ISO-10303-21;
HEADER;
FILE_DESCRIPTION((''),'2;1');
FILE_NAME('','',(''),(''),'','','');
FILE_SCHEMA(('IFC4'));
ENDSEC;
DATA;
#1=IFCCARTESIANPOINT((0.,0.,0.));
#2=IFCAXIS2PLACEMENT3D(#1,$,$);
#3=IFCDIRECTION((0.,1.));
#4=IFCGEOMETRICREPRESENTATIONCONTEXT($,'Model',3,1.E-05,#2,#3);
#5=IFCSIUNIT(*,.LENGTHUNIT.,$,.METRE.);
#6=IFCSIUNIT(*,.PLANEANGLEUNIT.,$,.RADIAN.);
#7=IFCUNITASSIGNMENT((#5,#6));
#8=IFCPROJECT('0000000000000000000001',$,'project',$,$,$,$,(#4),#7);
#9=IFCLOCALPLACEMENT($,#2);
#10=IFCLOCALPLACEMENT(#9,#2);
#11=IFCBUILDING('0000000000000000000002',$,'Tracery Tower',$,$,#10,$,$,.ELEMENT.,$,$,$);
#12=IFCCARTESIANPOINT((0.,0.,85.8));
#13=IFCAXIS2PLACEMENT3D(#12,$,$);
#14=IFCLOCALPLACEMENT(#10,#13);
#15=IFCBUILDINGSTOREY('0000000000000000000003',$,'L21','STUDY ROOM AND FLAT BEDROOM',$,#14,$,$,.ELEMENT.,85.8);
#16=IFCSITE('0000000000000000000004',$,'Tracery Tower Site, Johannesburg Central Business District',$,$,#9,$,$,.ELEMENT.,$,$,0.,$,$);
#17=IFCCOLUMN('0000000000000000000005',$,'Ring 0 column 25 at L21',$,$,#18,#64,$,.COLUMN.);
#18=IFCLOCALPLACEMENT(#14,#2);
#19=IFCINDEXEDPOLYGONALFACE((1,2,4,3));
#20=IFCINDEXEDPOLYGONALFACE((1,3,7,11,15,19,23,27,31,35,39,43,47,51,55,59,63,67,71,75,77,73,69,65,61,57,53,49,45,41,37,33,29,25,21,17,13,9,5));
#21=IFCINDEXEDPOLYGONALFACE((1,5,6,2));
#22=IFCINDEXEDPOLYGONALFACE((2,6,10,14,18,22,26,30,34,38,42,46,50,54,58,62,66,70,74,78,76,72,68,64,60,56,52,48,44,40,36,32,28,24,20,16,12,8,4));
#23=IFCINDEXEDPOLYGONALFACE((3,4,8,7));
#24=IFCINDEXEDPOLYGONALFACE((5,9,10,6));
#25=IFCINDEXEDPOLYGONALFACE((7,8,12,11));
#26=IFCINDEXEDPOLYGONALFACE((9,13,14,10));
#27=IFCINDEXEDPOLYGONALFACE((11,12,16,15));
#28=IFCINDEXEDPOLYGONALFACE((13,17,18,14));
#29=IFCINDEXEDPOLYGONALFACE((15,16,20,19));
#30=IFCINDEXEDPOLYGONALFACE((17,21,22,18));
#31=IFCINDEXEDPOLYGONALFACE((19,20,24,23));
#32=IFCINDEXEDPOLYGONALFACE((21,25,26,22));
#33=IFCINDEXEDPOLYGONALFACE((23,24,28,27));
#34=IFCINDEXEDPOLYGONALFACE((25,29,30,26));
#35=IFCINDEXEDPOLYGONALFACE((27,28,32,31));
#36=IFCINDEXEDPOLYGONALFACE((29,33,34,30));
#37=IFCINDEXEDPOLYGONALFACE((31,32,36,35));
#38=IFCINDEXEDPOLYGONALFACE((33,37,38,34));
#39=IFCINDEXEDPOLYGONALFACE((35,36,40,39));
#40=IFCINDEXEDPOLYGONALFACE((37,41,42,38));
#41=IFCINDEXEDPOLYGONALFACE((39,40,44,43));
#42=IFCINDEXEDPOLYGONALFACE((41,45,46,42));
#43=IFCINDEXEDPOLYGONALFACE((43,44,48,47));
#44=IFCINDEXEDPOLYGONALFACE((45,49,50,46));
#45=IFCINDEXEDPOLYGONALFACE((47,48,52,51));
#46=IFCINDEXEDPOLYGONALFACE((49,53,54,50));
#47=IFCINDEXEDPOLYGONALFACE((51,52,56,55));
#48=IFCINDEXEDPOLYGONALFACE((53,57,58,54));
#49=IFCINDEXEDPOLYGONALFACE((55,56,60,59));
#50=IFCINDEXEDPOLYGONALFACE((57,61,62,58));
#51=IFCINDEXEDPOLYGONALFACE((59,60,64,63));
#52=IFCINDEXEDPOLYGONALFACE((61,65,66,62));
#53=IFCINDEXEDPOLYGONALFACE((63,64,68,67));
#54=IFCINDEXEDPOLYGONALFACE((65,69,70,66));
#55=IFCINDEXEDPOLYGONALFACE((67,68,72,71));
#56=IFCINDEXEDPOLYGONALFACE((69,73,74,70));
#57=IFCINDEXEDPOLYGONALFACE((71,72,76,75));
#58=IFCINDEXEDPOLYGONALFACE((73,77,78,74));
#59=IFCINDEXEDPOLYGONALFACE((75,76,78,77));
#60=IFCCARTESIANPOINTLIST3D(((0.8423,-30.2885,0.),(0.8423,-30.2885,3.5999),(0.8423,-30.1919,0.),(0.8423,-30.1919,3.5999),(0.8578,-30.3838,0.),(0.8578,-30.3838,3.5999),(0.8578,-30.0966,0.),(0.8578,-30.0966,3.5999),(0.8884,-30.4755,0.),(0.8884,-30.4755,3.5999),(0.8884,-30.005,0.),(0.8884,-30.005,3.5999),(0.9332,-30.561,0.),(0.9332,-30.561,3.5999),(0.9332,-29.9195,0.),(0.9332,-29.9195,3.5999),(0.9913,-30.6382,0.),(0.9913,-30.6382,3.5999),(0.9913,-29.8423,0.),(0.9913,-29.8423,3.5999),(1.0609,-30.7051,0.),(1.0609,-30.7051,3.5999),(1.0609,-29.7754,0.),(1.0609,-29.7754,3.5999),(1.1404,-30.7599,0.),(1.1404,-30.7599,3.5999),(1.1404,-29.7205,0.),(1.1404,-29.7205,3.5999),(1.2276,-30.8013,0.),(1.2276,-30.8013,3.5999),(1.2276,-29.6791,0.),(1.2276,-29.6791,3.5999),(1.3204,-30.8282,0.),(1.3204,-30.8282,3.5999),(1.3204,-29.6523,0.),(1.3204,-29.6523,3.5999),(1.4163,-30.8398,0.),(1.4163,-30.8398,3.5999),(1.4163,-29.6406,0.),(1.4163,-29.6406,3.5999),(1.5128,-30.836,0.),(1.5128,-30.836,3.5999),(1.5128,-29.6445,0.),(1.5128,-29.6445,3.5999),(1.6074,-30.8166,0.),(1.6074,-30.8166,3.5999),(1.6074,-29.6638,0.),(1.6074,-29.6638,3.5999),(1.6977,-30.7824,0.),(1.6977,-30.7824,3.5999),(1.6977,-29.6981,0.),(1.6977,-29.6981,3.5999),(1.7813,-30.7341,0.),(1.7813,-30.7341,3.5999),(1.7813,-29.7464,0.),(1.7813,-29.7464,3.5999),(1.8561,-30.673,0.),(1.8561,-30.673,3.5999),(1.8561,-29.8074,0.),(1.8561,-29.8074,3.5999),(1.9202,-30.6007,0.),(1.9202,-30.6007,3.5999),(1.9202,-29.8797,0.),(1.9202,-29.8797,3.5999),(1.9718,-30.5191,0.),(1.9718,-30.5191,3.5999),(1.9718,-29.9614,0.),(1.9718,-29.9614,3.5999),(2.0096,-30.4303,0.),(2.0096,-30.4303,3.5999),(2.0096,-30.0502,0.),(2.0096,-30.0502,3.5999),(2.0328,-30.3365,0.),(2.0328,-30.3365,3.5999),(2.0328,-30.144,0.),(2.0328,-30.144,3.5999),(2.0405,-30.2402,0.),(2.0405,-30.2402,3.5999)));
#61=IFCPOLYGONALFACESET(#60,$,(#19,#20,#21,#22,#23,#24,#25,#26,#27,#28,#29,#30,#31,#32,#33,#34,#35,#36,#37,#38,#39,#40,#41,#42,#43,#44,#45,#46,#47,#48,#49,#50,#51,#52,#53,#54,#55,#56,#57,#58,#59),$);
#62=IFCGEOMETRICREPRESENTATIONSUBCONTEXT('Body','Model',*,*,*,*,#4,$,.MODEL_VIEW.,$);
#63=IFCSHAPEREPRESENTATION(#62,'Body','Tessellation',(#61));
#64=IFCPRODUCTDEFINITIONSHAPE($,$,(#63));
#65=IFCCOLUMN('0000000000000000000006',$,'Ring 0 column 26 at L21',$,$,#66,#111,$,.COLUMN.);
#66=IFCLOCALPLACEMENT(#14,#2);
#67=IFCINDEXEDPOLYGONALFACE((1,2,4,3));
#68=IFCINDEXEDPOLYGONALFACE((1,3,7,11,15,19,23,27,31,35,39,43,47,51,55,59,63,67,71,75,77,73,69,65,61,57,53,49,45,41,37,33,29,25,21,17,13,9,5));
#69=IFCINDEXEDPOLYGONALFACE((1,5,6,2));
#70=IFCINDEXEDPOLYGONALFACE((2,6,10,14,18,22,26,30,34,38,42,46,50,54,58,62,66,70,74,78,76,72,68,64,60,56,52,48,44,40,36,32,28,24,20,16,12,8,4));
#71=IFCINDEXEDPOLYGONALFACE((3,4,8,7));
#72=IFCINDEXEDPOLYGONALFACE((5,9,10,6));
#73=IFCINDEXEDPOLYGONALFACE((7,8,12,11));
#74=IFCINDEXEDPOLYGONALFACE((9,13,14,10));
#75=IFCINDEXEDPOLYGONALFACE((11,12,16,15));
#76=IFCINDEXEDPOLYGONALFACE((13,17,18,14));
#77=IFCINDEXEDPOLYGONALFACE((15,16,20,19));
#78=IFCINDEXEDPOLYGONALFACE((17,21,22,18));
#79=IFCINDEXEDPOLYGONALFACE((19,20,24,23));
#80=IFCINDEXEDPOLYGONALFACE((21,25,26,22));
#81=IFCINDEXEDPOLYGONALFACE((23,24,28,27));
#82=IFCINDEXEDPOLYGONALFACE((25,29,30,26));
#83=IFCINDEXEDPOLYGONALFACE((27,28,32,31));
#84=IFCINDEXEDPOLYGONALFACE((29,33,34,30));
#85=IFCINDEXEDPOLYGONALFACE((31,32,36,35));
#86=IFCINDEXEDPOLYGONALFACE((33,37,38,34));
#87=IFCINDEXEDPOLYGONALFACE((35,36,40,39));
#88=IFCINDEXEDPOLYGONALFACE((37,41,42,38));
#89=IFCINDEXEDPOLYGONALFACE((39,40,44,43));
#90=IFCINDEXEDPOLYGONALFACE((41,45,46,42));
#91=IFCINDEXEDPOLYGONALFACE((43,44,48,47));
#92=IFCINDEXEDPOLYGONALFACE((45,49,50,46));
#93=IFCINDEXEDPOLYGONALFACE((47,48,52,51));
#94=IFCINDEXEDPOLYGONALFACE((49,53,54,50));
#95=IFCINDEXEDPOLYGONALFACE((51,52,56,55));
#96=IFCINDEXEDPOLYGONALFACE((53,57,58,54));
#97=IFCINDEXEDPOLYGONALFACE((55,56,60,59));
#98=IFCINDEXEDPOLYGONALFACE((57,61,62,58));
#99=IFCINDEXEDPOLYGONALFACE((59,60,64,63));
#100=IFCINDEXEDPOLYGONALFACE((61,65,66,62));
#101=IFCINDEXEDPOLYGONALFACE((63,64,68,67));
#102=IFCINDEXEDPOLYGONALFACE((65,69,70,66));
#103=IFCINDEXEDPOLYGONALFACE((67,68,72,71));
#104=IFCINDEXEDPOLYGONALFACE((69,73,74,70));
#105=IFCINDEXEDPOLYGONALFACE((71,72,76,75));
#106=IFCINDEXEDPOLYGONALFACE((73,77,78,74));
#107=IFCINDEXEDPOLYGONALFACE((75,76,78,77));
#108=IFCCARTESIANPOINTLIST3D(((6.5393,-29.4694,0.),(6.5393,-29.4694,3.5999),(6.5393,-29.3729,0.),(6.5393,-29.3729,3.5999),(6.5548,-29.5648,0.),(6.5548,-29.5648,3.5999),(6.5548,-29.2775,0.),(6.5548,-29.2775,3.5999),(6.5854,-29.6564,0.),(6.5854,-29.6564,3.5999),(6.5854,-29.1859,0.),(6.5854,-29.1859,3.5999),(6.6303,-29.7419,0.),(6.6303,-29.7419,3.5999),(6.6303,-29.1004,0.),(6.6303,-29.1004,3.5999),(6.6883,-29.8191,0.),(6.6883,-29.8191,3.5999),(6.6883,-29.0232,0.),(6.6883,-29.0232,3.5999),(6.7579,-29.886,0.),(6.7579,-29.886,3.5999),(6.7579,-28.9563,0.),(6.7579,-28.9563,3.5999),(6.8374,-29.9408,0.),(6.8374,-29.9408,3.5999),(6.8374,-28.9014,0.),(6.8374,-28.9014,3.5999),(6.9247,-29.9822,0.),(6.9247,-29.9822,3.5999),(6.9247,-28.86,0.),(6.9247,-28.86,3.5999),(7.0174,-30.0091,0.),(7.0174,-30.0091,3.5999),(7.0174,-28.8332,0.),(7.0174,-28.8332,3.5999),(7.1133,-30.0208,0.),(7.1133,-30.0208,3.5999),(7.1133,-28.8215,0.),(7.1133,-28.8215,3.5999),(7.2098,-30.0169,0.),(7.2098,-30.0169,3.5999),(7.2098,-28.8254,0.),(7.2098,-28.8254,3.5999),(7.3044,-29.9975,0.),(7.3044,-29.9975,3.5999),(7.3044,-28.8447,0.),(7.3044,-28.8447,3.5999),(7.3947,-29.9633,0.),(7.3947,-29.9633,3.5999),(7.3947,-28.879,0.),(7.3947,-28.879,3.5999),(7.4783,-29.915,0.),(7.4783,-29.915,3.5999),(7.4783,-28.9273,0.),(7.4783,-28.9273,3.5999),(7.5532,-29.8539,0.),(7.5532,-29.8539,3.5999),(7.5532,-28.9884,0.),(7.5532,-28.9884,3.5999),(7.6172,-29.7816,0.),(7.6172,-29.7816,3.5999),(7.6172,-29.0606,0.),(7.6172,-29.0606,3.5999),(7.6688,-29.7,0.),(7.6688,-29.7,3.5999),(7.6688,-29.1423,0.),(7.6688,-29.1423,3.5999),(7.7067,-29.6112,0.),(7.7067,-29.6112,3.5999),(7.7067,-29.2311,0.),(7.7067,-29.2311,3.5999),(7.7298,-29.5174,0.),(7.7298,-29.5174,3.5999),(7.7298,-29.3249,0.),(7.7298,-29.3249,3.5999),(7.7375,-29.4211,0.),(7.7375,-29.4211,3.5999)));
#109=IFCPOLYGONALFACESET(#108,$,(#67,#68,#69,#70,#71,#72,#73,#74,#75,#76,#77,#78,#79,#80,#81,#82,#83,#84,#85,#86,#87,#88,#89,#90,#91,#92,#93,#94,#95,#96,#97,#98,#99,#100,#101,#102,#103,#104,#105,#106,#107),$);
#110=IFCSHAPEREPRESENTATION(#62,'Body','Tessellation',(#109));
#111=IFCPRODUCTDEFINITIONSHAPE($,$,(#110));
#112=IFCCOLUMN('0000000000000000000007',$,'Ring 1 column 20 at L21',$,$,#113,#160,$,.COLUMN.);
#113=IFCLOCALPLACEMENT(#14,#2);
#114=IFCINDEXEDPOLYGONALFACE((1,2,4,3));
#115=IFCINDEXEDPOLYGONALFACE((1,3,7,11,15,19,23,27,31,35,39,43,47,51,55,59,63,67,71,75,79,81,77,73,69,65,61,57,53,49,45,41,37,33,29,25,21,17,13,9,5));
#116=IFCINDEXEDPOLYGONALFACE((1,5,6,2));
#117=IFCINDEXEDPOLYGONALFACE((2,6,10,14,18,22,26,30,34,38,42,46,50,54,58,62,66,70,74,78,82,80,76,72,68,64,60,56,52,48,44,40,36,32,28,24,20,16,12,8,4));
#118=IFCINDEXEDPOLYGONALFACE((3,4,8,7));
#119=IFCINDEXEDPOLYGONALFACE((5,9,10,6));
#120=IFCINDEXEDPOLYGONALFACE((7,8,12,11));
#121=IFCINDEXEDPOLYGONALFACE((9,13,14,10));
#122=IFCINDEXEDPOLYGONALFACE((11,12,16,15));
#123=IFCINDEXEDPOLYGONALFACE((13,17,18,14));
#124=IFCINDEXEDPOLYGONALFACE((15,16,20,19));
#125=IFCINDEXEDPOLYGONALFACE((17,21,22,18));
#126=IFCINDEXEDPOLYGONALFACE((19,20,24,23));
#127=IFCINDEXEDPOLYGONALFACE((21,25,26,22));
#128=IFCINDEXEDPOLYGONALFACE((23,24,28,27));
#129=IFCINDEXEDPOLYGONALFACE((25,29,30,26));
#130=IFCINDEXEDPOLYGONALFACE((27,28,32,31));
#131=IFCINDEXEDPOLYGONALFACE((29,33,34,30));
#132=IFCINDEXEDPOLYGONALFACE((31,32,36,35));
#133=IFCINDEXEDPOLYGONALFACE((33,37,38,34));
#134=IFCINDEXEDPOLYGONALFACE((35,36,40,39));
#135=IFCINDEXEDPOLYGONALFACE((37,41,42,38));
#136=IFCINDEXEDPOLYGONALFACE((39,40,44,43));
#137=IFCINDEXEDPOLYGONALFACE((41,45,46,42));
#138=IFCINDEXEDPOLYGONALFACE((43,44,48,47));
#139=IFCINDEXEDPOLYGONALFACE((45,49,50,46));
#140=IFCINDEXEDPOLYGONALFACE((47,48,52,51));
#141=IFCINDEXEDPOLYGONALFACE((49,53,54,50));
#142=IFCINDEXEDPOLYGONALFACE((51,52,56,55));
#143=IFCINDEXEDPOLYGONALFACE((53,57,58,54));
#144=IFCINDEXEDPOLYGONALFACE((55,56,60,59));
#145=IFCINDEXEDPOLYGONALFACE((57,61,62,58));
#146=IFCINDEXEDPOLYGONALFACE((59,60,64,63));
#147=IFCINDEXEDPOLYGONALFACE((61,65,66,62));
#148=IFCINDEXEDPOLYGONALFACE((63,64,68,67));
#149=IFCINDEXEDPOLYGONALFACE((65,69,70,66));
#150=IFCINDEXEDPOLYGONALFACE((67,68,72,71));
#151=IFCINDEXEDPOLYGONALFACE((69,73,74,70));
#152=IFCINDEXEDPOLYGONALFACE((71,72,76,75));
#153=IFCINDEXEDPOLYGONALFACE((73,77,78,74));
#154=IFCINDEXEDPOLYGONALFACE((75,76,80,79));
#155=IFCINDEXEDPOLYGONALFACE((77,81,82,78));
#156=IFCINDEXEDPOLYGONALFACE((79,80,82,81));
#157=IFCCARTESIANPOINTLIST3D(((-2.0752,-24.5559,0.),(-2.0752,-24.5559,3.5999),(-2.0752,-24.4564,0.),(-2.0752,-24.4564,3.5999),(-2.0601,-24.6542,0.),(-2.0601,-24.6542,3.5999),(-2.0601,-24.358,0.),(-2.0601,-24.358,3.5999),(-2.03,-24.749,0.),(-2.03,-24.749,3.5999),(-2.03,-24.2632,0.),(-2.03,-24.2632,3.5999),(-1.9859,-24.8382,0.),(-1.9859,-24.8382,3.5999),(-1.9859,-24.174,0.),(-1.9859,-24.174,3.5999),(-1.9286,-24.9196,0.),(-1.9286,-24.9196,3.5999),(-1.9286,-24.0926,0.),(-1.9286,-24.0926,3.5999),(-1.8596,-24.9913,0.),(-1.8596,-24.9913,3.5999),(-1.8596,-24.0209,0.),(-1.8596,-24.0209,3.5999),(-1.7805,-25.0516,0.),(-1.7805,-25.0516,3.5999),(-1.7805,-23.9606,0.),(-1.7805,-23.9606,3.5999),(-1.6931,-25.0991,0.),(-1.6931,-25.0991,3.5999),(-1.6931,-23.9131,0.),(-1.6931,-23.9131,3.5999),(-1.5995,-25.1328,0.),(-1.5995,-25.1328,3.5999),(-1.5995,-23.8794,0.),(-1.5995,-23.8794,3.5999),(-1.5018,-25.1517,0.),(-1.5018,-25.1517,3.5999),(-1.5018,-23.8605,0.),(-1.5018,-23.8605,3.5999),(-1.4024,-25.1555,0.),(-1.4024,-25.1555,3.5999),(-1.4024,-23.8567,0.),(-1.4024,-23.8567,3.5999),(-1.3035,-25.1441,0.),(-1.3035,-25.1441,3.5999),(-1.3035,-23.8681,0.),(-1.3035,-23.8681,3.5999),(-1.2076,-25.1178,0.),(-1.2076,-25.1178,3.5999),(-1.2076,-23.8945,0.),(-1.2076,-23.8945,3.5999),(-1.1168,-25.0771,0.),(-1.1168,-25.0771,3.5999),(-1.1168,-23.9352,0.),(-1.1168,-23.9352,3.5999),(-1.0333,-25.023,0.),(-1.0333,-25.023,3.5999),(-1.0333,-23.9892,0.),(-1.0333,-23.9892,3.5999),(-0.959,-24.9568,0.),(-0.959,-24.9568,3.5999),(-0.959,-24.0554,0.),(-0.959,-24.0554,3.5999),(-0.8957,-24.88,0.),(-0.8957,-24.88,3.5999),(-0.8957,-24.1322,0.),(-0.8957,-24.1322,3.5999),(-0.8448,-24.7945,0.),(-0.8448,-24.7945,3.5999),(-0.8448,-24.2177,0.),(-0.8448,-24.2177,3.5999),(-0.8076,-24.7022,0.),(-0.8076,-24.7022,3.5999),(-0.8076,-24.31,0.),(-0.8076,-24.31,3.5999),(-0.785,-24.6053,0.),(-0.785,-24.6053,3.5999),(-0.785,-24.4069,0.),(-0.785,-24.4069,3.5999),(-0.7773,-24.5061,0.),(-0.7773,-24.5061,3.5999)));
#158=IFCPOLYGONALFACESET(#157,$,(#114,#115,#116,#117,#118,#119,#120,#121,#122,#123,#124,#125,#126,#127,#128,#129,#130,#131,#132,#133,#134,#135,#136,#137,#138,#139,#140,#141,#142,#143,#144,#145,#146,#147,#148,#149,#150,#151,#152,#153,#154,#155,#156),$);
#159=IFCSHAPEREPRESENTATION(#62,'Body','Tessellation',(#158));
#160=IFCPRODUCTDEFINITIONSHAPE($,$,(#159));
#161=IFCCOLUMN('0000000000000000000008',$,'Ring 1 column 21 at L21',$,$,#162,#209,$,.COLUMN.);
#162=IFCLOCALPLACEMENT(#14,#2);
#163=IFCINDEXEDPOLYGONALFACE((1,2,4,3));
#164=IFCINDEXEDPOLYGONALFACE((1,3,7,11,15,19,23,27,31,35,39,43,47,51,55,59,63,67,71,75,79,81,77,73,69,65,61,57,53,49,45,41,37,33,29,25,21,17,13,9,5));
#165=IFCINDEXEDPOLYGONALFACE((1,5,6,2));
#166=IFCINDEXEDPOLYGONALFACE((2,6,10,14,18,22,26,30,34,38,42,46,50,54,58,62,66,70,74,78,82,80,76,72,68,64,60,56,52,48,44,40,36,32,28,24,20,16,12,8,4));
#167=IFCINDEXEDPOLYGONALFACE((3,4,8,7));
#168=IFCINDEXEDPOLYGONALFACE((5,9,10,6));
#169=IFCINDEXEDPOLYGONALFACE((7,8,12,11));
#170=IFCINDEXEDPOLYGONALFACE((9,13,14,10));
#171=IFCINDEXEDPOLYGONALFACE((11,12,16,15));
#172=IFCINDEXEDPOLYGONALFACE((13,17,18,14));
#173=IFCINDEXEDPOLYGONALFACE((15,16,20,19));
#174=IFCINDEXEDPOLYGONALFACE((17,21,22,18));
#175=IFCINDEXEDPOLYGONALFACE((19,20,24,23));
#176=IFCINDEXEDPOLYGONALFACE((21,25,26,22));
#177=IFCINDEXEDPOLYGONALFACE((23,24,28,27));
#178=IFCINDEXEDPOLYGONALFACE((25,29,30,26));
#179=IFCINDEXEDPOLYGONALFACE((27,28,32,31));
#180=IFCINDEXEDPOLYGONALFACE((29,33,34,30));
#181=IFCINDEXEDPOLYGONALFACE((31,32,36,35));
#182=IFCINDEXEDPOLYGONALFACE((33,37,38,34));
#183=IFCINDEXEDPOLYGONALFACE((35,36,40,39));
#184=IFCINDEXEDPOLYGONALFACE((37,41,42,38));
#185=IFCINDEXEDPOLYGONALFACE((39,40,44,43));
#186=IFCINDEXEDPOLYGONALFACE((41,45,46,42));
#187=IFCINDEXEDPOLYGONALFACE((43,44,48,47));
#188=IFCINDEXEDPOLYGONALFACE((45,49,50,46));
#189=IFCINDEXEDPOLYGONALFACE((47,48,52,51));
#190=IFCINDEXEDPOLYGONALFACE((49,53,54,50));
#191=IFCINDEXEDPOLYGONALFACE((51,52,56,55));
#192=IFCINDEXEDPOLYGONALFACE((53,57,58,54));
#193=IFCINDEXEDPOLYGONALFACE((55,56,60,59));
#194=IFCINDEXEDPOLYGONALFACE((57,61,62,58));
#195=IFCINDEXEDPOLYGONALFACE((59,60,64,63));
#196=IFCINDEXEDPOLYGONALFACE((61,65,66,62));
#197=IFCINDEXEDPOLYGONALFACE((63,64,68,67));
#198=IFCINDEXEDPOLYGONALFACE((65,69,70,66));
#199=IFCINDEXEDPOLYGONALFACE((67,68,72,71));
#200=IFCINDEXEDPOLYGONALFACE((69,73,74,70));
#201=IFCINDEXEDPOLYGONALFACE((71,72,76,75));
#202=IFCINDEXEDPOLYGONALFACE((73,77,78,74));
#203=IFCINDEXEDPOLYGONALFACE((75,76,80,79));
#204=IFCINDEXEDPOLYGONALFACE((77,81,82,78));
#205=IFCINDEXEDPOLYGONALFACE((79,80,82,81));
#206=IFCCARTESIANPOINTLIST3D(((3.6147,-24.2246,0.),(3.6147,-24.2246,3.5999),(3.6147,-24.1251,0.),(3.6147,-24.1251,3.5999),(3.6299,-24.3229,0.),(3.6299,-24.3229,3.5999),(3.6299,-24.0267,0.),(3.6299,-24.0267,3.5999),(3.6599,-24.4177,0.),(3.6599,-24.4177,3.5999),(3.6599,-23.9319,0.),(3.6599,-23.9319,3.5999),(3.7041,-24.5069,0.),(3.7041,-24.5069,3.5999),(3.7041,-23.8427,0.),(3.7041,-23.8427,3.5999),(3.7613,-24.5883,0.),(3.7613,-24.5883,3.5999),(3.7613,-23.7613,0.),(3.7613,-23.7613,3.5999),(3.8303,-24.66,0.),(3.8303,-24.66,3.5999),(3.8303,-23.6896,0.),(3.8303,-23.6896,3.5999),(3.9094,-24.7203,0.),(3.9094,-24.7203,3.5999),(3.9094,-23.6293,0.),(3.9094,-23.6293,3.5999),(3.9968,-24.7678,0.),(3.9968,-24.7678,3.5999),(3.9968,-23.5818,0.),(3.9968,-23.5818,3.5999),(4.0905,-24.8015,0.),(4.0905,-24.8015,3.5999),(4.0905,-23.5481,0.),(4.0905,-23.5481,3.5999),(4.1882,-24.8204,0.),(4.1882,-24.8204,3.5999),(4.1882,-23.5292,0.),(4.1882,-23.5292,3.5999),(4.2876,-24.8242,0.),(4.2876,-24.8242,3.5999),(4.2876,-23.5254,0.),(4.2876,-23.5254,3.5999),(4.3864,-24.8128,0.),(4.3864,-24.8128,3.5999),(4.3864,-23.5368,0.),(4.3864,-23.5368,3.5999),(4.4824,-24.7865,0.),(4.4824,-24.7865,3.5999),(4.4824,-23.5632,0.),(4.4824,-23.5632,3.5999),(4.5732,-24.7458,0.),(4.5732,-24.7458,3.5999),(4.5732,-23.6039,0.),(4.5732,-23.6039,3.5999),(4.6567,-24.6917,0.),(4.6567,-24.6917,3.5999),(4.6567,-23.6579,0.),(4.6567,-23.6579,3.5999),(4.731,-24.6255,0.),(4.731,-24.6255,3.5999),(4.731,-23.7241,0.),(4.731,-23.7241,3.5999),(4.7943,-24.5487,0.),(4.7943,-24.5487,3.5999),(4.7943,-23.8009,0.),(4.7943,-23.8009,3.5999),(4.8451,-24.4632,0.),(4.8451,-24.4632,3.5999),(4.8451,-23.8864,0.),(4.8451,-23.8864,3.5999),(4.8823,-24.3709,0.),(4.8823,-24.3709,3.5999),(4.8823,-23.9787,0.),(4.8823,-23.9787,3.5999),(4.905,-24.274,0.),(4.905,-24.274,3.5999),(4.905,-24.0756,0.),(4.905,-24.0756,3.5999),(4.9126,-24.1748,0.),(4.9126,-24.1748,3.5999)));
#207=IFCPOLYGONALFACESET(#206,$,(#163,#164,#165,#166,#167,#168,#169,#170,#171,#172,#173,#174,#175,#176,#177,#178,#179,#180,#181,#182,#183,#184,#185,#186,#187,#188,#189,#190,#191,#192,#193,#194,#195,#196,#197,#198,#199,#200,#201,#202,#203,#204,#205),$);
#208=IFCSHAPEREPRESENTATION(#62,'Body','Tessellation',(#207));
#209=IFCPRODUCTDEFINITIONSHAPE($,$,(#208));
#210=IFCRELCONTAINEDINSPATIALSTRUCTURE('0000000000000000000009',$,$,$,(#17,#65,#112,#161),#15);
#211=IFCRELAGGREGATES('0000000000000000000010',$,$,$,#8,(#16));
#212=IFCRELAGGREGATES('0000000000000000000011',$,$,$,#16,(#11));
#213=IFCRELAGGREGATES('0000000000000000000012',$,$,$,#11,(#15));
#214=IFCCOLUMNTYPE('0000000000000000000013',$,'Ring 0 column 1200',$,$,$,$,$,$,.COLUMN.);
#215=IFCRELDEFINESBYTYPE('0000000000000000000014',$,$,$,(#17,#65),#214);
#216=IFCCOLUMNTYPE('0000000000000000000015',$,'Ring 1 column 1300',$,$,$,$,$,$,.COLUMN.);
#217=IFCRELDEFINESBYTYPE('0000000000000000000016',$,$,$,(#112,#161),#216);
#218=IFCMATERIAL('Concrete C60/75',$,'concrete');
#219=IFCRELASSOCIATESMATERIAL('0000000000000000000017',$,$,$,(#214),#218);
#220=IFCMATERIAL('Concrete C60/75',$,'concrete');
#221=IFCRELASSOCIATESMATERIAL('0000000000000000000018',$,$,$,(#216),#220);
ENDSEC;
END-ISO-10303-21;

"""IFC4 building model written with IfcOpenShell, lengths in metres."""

from ifc_helpers import new_model, si_unit, direction, frame, origin, origin_2d, place, context, subcontext, project, spatial, circle, extrude, material, material_profile, profile_set, type_object, element, save


model = new_model("IFC4")

# Units and contexts
model_context = context("Model", 3, precision=1e-05, world=origin(), true_north=direction((0.0, 1.0)))
body_context = subcontext(model_context, "Body", "Model", "MODEL_VIEW")
ifc_project = project(units=[si_unit("LENGTHUNIT", "METRE"), si_unit("PLANEANGLEUNIT", "RADIAN")], contexts=[model_context])

# Site, building, storey
site_placement = place(None, origin())
site = spatial("IfcSite", under=ifc_project, at=site_placement, Name="Tracery Tower Site, Johannesburg Central Business District", CompositionType="ELEMENT", RefElevation=0.0)
building_placement = place(site_placement, origin())
building = spatial("IfcBuilding", under=site, at=building_placement, Name="Tracery Tower", CompositionType="ELEMENT")
storey_placement = place(building_placement, frame((0.0, 0.0, 85.8)))
storey = spatial("IfcBuildingStorey", under=building, at=storey_placement, Name="L21", Description="STUDY ROOM AND FLAT BEDROOM", CompositionType="ELEMENT", Elevation=85.8)

# Columns
ifc_material_1 = material(Name="Concrete C60/75", Category="concrete")
ifc_material_profile_1 = material_profile(ifc_material_1, circle(Radius=0.6001, at=origin_2d()), Name="RC D1200")
ifc_profile_set_1 = profile_set([ifc_material_profile_1], Name="Concrete C60/75")
column_type_1 = type_object("IfcColumnType", Name="Ring 0 column 1200", PredefinedType="COLUMN", material=ifc_profile_set_1)
for number, where, z_axis, x_axis, name in (
    (1, (1.4404, -30.2402, 0.0), (0.0, 0.0, 1.0), (1.0, 0.0, 0.0), "Ring 0 column 25 at L21"),
    (2, (7.1375, -29.4211, 0.0), (0.0, 0.0, 1.0), (1.0, 0.0, 0.0), "Ring 0 column 26 at L21"),
):
    element("IfcColumn", number, at=place(storey_placement, frame(where, z_axis=z_axis, x_axis=x_axis)), inside=storey, type_object=column_type_1, Name=name, PredefinedType="COLUMN", context=body_context, shape_type="SweptSolid", body=[
        extrude(circle(Radius=0.6001, at=origin_2d()), origin(), (0.0, 0.0, 1.0), 3.5999),
    ])
ifc_material_2 = material(Name="Concrete C60/75", Category="concrete")
ifc_material_profile_2 = material_profile(ifc_material_2, circle(Radius=0.6499, at=origin_2d()), Name="RC D1300")
ifc_profile_set_2 = profile_set([ifc_material_profile_2], Name="Concrete C60/75")
column_type_2 = type_object("IfcColumnType", Name="Ring 1 column 1300", PredefinedType="COLUMN", material=ifc_profile_set_2)
for number, where, z_axis, x_axis, name in (
    (3, (-1.4272, -24.5061, 0.0), (0.0, 0.0, 1.0), (1.0, 0.0, 0.0), "Ring 1 column 20 at L21"),
    (4, (4.2627, -24.1748, 0.0), (0.0, 0.0, 1.0), (1.0, 0.0, 0.0), "Ring 1 column 21 at L21"),
):
    element("IfcColumn", number, at=place(storey_placement, frame(where, z_axis=z_axis, x_axis=x_axis)), inside=storey, type_object=column_type_2, Name=name, PredefinedType="COLUMN", context=body_context, shape_type="SweptSolid", body=[
        extrude(circle(Radius=0.6499, at=origin_2d()), origin(), (0.0, 0.0, 1.0), 3.5999),
    ])

save(model, "model.ifc")
